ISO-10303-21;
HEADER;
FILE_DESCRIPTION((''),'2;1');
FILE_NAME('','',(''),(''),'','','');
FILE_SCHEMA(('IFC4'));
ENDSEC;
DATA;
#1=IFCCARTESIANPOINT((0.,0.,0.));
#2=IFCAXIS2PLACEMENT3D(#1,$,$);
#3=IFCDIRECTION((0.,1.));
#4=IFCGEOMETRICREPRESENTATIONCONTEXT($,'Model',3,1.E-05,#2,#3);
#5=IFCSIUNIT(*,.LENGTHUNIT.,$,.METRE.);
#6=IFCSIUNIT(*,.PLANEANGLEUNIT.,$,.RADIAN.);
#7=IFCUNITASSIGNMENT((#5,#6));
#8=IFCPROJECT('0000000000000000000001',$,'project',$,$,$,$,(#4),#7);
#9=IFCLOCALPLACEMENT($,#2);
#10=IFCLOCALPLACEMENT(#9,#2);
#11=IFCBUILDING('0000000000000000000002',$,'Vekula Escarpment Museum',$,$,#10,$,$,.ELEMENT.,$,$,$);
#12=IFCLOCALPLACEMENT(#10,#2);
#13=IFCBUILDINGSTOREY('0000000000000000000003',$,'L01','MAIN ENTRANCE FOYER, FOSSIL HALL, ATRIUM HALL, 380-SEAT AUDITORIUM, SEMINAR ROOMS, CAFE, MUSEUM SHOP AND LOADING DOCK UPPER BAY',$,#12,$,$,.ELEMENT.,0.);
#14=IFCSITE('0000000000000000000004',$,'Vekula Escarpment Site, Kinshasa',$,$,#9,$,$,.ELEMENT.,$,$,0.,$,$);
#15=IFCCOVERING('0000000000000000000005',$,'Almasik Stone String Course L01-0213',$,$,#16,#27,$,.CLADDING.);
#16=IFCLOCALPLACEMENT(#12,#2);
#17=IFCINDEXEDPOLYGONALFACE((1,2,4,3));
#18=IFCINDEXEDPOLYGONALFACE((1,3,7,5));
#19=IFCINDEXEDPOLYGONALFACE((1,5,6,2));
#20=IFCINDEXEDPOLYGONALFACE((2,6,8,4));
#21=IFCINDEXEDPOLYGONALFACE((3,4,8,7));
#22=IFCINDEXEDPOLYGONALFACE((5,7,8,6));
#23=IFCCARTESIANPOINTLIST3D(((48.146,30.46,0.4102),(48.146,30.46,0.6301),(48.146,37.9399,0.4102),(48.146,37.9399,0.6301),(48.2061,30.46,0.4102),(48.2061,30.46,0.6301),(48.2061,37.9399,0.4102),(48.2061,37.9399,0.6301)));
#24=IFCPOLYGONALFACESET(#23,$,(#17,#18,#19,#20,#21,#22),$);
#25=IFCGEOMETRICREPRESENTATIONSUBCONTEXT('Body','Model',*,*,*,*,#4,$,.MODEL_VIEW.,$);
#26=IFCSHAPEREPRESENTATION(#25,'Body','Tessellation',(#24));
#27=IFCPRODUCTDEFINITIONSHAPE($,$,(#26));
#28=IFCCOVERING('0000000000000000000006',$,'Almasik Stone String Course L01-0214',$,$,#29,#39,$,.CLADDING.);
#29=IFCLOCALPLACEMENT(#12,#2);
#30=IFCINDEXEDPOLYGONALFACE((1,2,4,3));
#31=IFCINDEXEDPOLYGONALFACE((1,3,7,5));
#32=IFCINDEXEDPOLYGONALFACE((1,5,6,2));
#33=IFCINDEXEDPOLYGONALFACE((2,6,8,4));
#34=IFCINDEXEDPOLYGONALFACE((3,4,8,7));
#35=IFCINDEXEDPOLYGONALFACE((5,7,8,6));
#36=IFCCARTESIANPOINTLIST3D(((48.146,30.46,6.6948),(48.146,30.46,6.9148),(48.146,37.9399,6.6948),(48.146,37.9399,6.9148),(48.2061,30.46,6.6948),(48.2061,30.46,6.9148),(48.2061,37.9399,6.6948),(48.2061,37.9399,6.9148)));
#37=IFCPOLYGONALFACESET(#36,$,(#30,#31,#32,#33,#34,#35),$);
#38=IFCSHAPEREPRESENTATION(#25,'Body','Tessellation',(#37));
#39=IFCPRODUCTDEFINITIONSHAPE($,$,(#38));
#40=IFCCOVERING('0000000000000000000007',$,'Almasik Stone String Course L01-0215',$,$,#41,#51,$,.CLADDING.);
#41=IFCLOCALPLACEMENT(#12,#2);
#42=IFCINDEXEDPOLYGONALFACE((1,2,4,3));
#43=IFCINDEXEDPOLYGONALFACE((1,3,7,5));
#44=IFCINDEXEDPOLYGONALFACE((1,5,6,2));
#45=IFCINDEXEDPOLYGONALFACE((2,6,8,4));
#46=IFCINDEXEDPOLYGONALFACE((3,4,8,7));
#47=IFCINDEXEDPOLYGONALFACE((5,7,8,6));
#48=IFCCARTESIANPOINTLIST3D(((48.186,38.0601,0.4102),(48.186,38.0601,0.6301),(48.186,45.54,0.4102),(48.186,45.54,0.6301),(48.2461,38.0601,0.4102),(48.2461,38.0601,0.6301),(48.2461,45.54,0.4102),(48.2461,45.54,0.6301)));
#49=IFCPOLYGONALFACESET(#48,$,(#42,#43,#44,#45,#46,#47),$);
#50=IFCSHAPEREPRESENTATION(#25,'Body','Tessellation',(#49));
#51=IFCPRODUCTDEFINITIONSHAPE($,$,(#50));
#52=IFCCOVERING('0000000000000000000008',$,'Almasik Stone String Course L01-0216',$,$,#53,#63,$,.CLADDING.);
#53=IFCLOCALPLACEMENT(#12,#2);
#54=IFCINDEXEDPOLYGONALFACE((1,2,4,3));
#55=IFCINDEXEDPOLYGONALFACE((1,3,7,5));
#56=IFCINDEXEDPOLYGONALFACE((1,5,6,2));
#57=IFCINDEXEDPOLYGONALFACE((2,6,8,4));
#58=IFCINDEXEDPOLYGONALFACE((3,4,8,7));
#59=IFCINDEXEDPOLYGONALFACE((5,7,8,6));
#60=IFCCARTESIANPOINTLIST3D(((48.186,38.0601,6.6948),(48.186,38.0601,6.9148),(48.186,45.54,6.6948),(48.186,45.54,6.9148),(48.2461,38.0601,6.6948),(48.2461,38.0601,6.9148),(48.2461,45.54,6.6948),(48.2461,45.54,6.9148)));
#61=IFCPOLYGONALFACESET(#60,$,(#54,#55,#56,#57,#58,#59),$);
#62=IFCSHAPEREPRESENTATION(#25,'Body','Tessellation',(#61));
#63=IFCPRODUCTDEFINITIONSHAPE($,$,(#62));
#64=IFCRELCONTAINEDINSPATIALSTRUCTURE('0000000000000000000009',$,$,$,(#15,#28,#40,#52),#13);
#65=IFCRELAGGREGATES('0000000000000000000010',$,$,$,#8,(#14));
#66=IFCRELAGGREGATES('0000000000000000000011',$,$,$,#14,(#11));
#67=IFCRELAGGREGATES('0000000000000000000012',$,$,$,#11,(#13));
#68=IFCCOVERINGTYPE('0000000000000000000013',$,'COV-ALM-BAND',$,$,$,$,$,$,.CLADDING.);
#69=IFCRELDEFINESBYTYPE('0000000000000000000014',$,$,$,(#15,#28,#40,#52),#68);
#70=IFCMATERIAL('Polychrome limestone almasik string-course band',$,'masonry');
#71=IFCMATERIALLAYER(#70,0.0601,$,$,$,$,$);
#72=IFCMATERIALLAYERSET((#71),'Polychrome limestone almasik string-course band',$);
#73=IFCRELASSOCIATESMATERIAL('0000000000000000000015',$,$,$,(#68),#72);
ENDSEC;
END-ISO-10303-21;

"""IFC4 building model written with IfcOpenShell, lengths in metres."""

from ifc_helpers import new_model, si_unit, direction, frame, origin, origin_2d, place, context, subcontext, project, spatial, rectangle, extrude, material, layer, layer_set, type_object, element, save


model = new_model("IFC4")

# Units and contexts
model_context = context("Model", 3, precision=1e-05, world=origin(), true_north=direction((0.0, 1.0)))
body_context = subcontext(model_context, "Body", "Model", "MODEL_VIEW")
ifc_project = project(units=[si_unit("LENGTHUNIT", "METRE"), si_unit("PLANEANGLEUNIT", "RADIAN")], contexts=[model_context])

# Site, building, storey
site_placement = place(None, origin())
site = spatial("IfcSite", under=ifc_project, at=site_placement, Name="Vekula Escarpment Site, Kinshasa", CompositionType="ELEMENT", RefElevation=0.0)
building_placement = place(site_placement, origin())
building = spatial("IfcBuilding", under=site, at=building_placement, Name="Vekula Escarpment Museum", CompositionType="ELEMENT")
storey_placement = place(building_placement, origin())
storey = spatial("IfcBuildingStorey", under=building, at=storey_placement, Name="L01", Description="MAIN ENTRANCE FOYER, FOSSIL HALL, ATRIUM HALL, 380-SEAT AUDITORIUM, SEMINAR ROOMS, CAFE, MUSEUM SHOP AND LOADING DOCK UPPER BAY", CompositionType="ELEMENT", Elevation=0.0)

# Coverings
ifc_material_1 = material(Name="Polychrome limestone almasik string-course band", Category="masonry")
ifc_layer_1 = layer(ifc_material_1, 0.0601)
ifc_layer_set_1 = layer_set([ifc_layer_1], Name="Polychrome limestone almasik string-course band")
covering_type = type_object("IfcCoveringType", Name="COV-ALM-BAND", PredefinedType="CLADDING", material=ifc_layer_set_1)
for number, where, z_axis, x_axis, name in (
    (1, (48.176, 34.2, 0.4102), (0.0, 0.0, 1.0), (0.0, 1.0, 0.0), "Almasik Stone String Course L01-0213"),
    (2, (48.176, 34.2, 6.6948), (0.0, 0.0, 1.0), (0.0, 1.0, 0.0), "Almasik Stone String Course L01-0214"),
    (3, (48.2161, 41.8, 0.4102), (0.0, 0.0, 1.0), (0.0, 1.0, 0.0), "Almasik Stone String Course L01-0215"),
    (4, (48.2161, 41.8, 6.6948), (0.0, 0.0, 1.0), (0.0, 1.0, 0.0), "Almasik Stone String Course L01-0216"),
):
    element("IfcCovering", number, at=place(storey_placement, frame(where, z_axis=z_axis, x_axis=x_axis)), inside=storey, type_object=covering_type, Name=name, PredefinedType="CLADDING", context=body_context, shape_type="SweptSolid", body=[
        extrude(rectangle(XDim=7.48, YDim=0.0601, at=origin_2d()), origin(), (0.0, 0.0, 1.0), 0.22),
    ])

save(model, "model.ifc")
